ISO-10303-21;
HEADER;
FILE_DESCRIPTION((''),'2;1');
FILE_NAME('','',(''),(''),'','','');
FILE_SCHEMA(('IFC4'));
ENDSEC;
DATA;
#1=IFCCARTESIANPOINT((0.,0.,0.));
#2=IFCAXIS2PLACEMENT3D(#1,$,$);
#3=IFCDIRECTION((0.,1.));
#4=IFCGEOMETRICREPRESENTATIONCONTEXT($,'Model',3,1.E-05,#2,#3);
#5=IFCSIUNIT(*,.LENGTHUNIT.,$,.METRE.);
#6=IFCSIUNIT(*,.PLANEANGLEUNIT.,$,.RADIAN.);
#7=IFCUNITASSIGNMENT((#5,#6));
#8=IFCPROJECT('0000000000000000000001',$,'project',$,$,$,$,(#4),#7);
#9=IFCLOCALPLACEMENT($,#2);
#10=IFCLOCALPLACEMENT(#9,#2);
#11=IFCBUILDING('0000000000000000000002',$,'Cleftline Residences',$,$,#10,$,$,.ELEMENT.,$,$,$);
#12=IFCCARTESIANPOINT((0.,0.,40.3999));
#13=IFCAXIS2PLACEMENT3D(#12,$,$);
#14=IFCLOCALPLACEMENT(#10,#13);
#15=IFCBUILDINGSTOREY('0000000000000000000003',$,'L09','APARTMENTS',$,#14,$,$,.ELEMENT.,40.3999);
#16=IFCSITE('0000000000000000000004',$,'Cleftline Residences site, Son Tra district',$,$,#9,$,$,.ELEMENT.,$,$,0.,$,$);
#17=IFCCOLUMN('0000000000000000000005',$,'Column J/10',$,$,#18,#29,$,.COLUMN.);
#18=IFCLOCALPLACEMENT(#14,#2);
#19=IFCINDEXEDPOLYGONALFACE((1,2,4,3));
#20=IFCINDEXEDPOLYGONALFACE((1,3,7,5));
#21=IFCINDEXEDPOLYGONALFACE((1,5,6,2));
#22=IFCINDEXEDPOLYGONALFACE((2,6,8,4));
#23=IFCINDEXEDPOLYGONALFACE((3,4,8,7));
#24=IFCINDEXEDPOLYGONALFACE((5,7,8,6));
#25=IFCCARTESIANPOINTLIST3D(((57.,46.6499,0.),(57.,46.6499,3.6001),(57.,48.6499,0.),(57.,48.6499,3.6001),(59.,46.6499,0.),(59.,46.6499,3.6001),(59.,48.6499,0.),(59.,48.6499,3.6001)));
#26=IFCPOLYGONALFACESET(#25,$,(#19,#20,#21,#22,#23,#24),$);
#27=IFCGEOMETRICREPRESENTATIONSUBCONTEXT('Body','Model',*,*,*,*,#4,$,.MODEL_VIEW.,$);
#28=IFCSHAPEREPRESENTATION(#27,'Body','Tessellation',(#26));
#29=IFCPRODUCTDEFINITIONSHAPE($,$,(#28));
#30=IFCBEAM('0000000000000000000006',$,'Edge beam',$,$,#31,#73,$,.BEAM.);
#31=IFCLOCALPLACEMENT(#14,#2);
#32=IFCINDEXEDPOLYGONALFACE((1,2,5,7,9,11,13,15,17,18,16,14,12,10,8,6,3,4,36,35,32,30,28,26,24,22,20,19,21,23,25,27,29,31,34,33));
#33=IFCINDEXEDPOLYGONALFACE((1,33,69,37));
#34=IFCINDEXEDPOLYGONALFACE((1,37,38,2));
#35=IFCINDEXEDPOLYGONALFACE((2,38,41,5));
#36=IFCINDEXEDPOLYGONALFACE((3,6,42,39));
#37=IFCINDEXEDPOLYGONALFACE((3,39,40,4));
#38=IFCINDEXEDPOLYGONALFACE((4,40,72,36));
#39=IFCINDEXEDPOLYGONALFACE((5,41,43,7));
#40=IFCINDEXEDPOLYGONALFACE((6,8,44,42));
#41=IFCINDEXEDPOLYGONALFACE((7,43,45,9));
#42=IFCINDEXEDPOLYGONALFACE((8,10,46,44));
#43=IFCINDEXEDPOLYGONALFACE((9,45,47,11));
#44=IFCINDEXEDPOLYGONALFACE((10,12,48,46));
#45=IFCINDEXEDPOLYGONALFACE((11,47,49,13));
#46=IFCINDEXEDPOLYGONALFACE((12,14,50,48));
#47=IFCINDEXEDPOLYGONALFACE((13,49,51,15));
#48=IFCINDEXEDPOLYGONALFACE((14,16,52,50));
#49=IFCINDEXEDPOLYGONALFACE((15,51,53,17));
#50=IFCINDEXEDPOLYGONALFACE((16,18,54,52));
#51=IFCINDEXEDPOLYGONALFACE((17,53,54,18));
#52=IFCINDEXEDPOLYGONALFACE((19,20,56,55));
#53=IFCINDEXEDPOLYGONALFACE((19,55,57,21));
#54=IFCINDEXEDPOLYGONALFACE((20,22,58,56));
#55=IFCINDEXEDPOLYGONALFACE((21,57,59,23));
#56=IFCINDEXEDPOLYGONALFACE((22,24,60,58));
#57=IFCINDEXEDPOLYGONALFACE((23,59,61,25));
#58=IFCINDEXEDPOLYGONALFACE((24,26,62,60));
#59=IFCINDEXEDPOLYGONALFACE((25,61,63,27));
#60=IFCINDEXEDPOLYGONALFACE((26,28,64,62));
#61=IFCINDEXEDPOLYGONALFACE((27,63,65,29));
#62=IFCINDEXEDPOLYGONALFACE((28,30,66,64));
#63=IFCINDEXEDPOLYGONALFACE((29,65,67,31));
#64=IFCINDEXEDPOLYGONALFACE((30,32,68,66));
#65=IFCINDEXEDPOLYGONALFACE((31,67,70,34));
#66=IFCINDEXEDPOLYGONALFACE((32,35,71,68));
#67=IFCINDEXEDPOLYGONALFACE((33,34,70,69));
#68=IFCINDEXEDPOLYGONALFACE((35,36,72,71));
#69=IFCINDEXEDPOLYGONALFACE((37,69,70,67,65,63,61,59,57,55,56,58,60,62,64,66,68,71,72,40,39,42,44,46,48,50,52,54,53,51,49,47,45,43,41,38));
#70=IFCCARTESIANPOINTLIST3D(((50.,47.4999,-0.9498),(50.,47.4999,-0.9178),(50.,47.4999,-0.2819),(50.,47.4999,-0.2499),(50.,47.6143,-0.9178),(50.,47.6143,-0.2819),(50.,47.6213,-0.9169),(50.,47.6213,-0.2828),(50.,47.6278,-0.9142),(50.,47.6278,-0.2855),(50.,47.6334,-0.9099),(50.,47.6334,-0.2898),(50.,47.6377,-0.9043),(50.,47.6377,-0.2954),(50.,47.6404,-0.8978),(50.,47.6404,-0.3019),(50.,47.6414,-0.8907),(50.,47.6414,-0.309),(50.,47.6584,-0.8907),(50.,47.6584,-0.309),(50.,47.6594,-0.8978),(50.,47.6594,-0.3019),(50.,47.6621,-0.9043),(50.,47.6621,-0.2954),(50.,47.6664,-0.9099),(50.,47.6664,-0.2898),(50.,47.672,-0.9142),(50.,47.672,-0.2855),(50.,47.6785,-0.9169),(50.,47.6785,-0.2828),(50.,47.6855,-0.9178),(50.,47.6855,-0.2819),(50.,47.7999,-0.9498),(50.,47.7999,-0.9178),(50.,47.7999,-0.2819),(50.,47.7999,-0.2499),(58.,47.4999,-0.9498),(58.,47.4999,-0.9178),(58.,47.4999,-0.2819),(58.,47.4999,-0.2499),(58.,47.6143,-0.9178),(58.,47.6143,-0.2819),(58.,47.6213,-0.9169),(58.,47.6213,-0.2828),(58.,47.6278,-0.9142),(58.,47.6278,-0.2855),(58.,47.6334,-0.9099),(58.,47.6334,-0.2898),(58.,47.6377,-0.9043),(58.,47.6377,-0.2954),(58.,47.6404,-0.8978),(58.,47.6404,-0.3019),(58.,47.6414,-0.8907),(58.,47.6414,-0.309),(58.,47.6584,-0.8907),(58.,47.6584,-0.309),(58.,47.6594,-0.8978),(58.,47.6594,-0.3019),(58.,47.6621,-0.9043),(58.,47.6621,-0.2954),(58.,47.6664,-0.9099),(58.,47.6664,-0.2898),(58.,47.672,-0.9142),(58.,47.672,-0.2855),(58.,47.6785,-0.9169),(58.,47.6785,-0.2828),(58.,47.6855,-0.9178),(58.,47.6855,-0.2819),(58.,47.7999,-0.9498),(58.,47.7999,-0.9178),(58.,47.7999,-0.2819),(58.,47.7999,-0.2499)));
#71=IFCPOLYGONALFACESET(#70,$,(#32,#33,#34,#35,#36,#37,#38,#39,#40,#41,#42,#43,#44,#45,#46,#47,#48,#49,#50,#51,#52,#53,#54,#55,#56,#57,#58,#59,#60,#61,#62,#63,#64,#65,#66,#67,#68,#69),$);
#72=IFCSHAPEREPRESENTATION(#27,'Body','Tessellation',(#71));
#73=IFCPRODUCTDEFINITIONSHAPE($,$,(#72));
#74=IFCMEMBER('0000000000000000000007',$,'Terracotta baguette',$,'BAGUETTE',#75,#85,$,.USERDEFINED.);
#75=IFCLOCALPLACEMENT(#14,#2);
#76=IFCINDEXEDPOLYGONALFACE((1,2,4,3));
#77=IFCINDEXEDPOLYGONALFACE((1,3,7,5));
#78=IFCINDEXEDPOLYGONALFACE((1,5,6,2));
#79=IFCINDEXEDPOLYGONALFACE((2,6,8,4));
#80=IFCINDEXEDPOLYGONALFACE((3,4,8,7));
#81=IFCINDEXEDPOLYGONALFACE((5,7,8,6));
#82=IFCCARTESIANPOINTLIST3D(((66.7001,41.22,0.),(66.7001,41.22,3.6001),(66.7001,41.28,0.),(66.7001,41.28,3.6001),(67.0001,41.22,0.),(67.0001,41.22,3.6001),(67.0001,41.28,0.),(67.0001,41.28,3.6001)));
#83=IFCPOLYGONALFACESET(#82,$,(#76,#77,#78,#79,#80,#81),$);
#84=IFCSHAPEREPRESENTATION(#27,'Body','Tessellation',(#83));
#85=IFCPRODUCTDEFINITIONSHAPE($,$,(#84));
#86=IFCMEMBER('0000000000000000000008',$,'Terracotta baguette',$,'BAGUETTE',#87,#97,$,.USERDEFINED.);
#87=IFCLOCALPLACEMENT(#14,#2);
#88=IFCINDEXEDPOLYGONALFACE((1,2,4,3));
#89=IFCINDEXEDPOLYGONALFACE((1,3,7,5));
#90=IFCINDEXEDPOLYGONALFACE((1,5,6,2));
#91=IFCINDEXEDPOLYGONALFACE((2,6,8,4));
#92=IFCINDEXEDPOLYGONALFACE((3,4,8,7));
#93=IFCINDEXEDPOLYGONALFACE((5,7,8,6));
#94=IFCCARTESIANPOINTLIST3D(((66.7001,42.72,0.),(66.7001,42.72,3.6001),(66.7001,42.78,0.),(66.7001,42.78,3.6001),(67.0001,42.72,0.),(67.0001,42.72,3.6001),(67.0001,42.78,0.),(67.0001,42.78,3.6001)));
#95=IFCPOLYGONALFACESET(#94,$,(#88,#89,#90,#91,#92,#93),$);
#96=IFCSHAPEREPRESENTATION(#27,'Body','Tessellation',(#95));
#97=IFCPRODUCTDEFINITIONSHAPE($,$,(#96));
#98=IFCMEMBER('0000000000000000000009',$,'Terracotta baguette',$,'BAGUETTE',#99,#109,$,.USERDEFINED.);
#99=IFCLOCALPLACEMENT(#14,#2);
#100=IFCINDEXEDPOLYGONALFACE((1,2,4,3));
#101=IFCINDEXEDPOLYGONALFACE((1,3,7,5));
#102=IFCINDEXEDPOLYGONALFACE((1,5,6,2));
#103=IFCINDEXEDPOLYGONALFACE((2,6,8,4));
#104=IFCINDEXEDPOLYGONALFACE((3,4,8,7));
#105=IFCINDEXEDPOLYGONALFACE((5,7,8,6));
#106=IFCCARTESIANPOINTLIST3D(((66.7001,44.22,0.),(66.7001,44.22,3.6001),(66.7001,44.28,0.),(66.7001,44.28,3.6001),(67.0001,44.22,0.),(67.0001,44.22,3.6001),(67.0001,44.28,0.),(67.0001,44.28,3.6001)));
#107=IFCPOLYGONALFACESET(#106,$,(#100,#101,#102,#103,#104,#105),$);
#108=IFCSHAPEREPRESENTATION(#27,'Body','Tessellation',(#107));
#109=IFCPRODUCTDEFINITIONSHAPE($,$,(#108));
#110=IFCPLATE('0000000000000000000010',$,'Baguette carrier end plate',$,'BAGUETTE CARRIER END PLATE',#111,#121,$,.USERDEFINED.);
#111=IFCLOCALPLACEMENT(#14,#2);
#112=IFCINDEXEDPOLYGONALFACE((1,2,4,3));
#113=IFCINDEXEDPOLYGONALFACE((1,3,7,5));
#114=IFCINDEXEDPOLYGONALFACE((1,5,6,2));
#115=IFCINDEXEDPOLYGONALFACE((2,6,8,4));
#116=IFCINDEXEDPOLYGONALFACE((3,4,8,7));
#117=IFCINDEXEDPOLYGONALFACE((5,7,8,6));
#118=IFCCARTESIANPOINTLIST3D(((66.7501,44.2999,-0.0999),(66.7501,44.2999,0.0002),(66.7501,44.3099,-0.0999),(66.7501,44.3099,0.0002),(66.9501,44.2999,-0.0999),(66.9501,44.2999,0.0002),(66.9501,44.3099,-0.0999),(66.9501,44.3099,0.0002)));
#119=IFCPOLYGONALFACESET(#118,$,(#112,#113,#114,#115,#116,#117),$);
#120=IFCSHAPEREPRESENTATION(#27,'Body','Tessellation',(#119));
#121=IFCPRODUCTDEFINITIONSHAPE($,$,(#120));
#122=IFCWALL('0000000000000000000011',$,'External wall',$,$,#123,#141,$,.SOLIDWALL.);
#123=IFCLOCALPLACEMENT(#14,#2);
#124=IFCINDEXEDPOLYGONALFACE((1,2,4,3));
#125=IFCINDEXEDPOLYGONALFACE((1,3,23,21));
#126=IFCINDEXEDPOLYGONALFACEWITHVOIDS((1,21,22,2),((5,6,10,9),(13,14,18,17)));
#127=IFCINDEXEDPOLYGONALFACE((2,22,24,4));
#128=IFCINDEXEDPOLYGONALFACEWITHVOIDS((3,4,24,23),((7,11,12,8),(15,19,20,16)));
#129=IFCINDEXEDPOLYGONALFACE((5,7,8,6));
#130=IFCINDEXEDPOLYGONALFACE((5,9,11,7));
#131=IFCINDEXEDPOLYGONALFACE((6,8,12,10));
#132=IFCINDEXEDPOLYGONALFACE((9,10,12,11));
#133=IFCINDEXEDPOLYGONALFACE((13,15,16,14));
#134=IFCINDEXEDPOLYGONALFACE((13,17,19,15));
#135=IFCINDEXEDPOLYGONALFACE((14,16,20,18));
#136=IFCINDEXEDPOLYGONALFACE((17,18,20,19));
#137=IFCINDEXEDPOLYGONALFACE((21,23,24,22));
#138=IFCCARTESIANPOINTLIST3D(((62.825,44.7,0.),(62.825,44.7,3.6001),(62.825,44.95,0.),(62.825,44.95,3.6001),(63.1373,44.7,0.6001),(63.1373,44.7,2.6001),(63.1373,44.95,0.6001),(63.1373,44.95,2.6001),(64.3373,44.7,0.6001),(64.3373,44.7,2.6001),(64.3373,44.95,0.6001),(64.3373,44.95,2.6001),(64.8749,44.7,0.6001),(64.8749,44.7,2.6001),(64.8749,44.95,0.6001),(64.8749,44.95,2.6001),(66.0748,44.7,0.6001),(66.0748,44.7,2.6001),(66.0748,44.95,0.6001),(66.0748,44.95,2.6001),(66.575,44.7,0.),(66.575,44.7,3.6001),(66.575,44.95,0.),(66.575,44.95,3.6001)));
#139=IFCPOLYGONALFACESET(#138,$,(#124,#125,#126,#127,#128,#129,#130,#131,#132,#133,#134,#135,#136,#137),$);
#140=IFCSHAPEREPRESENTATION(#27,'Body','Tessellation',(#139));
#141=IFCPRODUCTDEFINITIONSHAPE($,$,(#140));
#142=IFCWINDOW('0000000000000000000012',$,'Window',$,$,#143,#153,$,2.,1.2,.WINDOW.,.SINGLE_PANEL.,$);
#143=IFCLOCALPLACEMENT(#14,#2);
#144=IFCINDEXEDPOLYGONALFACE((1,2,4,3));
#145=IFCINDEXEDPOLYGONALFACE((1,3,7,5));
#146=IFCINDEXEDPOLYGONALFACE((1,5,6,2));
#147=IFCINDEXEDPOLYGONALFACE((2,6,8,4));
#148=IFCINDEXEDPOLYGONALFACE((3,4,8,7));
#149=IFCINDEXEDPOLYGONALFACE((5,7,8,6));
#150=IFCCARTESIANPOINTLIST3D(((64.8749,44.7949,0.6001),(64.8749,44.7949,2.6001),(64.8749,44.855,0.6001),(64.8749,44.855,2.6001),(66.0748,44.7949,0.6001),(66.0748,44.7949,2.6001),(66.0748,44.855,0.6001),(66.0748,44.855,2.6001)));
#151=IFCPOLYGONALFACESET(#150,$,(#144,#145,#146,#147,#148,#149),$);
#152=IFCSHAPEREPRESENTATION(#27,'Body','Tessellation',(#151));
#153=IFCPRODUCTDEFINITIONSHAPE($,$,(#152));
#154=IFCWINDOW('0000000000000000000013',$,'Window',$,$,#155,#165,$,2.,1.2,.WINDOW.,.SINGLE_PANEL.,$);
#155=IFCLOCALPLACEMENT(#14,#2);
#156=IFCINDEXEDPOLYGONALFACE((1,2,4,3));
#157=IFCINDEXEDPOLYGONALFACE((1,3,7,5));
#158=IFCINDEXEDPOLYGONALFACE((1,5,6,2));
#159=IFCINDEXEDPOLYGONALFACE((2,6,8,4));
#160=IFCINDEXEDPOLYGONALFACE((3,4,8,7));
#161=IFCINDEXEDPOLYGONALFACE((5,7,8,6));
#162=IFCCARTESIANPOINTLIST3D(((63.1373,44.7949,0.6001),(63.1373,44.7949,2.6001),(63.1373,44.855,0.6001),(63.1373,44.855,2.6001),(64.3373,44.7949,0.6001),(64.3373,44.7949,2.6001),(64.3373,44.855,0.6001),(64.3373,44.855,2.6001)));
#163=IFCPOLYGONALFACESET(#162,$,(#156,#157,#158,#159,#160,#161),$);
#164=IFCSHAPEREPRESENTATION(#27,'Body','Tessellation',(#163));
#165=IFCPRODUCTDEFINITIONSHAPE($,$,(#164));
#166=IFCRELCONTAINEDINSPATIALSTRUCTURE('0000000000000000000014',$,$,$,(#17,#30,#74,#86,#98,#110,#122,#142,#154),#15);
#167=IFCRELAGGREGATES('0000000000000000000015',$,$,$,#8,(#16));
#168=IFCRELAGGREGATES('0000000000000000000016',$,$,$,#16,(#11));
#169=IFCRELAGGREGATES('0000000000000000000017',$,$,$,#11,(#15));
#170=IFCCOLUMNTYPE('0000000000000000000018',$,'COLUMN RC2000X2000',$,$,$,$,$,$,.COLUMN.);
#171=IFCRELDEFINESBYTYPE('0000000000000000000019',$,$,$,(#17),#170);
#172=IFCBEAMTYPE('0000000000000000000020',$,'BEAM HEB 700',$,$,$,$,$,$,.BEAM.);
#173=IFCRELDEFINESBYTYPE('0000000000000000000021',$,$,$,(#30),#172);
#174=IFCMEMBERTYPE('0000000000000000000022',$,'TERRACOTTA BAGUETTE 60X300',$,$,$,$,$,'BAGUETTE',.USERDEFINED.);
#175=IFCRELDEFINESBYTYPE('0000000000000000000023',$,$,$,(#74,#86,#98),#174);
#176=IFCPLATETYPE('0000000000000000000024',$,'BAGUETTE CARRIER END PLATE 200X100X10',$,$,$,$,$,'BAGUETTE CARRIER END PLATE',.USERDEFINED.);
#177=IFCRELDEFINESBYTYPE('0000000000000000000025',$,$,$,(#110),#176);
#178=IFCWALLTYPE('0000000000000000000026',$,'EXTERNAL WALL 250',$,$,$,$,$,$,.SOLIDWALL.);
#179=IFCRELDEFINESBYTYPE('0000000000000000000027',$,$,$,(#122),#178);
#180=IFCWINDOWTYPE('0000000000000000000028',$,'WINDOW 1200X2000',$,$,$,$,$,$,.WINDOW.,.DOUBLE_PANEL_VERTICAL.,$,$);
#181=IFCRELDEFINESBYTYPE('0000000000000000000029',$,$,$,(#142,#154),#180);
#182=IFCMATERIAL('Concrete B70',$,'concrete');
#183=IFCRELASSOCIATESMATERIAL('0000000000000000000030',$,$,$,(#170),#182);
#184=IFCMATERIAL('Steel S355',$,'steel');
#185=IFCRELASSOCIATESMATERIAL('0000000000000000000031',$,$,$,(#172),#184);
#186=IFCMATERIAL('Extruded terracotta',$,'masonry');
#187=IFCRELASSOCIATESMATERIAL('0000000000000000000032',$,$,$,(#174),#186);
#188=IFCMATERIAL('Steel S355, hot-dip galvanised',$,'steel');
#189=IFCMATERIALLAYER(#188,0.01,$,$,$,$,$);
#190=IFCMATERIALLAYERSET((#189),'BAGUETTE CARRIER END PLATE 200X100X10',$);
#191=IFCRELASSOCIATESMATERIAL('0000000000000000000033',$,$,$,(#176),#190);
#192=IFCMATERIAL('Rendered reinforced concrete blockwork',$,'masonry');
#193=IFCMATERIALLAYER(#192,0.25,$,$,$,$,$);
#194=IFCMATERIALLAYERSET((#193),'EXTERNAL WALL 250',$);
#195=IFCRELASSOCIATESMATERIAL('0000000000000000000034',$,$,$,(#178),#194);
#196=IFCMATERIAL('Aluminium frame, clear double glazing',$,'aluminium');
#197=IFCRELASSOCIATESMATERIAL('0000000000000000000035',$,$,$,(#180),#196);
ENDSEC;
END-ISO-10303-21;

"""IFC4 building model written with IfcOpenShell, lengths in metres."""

from ifc_helpers import new_model, si_unit, direction, frame, frame_2d, origin, origin_2d, place, context, subcontext, project, spatial, rectangle, i_section, extrude, material, layer, layer_set, material_profile, profile_set, type_object, element, fill, save


model = new_model("IFC4")

# Units and contexts
model_context = context("Model", 3, precision=1e-05, world=origin(), true_north=direction((0.0, 1.0)))
body_context = subcontext(model_context, "Body", "Model", "MODEL_VIEW")
ifc_project = project(units=[si_unit("LENGTHUNIT", "METRE"), si_unit("PLANEANGLEUNIT", "RADIAN")], contexts=[model_context])

# Site, building, storey
site_placement = place(None, origin())
site = spatial("IfcSite", under=ifc_project, at=site_placement, Name="Cleftline Residences site, Son Tra district", CompositionType="ELEMENT", RefElevation=0.0)
building_placement = place(site_placement, origin())
building = spatial("IfcBuilding", under=site, at=building_placement, Name="Cleftline Residences", CompositionType="ELEMENT")
storey_placement = place(building_placement, frame((0.0, 0.0, 40.3999)))
storey = spatial("IfcBuildingStorey", under=building, at=storey_placement, Name="L09", Description="APARTMENTS", CompositionType="ELEMENT", Elevation=40.3999)

# Column
ifc_material_1 = material(Name="Concrete B70", Category="concrete")
ifc_material_profile_1 = material_profile(ifc_material_1, rectangle(XDim=2.0, YDim=2.0, at=origin_2d()))
ifc_profile_set_1 = profile_set([ifc_material_profile_1], Name="Concrete B70")
column_type = type_object("IfcColumnType", Name="COLUMN RC2000X2000", PredefinedType="COLUMN", material=ifc_profile_set_1)
column_placement = place(storey_placement, frame((58.0, 47.6499, 0.0), z_axis=(0.0, 0.0, 1.0), x_axis=(1.0, 0.0, 0.0)))
element("IfcColumn", 1, at=column_placement, inside=storey, type_object=column_type, Name="Column J/10", PredefinedType="COLUMN", context=body_context, shape_type="SweptSolid", body=[
    extrude(rectangle(XDim=2.0, YDim=2.0, at=origin_2d()), origin(), (0.0, 0.0, 1.0), 3.6001),
])

# Beam
ifc_material_2 = material(Name="Steel S355", Category="steel")
ifc_material_profile_2 = material_profile(ifc_material_2, i_section(OverallWidth=0.3, OverallDepth=0.7, WebThickness=0.0171, FlangeThickness=0.032, FilletRadius=0.0271, at=origin_2d()))
ifc_profile_set_2 = profile_set([ifc_material_profile_2], Name="Steel S355")
beam_type = type_object("IfcBeamType", Name="BEAM HEB 700", PredefinedType="BEAM", material=ifc_profile_set_2)
beam_placement = place(storey_placement, frame((58.0, 47.6499, -0.5999), z_axis=(-1.0, 0.0, 0.0), x_axis=(0.0, -1.0, 0.0)))
element("IfcBeam", 2, at=beam_placement, inside=storey, type_object=beam_type, Name="Edge beam", PredefinedType="BEAM", context=body_context, shape_type="SweptSolid", body=[
    extrude(i_section(OverallWidth=0.3, OverallDepth=0.7, WebThickness=0.0171, FlangeThickness=0.032, FilletRadius=0.0271, at=origin_2d()), origin(), (0.0, 0.0, 1.0), 8.0),
])

# Members
ifc_material_3 = material(Name="Extruded terracotta", Category="masonry")
ifc_material_profile_3 = material_profile(ifc_material_3, rectangle(XDim=0.0601, YDim=0.3, at=origin_2d()))
ifc_profile_set_3 = profile_set([ifc_material_profile_3], Name="Extruded terracotta")
member_type = type_object("IfcMemberType", Name="TERRACOTTA BAGUETTE 60X300", ElementType="BAGUETTE", PredefinedType="USERDEFINED", material=ifc_profile_set_3)
for number, where, z_axis, x_axis, name in (
    (3, (66.8501, 41.25, 0.0), (0.0, 0.0, 1.0), (0.0, 1.0, 0.0), "Terracotta baguette"),
    (4, (66.8501, 42.75, 0.0), (0.0, 0.0, 1.0), (0.0, 1.0, 0.0), "Terracotta baguette"),
    (5, (66.8501, 44.25, 0.0), (0.0, 0.0, 1.0), (0.0, 1.0, 0.0), "Terracotta baguette"),
):
    element("IfcMember", number, at=place(storey_placement, frame(where, z_axis=z_axis, x_axis=x_axis)), inside=storey, type_object=member_type, Name=name, ObjectType="BAGUETTE", PredefinedType="USERDEFINED", context=body_context, shape_type="SweptSolid", body=[
        extrude(rectangle(XDim=0.0601, YDim=0.3, at=origin_2d()), origin(), (0.0, 0.0, 1.0), 3.6001),
    ])

# Plate
ifc_material_4 = material(Name="Steel S355, hot-dip galvanised", Category="steel")
ifc_layer_1 = layer(ifc_material_4, 0.01)
ifc_layer_set_1 = layer_set([ifc_layer_1], Name="BAGUETTE CARRIER END PLATE 200X100X10")
plate_type = type_object("IfcPlateType", Name="BAGUETTE CARRIER END PLATE 200X100X10", ElementType="BAGUETTE CARRIER END PLATE", PredefinedType="USERDEFINED", material=ifc_layer_set_1)
plate_placement = place(storey_placement, frame((66.8501, 44.3049, -0.0999), z_axis=(0.0, 0.0, 1.0), x_axis=(1.0, 0.0, 0.0)))
element("IfcPlate", 6, at=plate_placement, inside=storey, type_object=plate_type, Name="Baguette carrier end plate", ObjectType="BAGUETTE CARRIER END PLATE", PredefinedType="USERDEFINED", context=body_context, shape_type="SweptSolid", body=[
    extrude(rectangle(XDim=0.2, YDim=0.01, at=origin_2d()), origin(), (0.0, 0.0, 1.0), 0.1001),
])

# Wall, openings, windows
ifc_material_5 = material(Name="Rendered reinforced concrete blockwork", Category="masonry")
ifc_layer_2 = layer(ifc_material_5, 0.25)
ifc_layer_set_2 = layer_set([ifc_layer_2], Name="EXTERNAL WALL 250")
wall_type_1 = type_object("IfcWallType", Name="EXTERNAL WALL 250", PredefinedType="SOLIDWALL", material=ifc_layer_set_2)
wall_1_placement = place(storey_placement, frame((66.575, 44.825, 0.0), z_axis=(0.0, 0.0, 1.0), x_axis=(-1.0, 0.0, 0.0)))
wall_1 = element("IfcWall", 7, at=wall_1_placement, inside=storey, type_object=wall_type_1, Name="External wall", PredefinedType="SOLIDWALL", context=body_context, shape_type="SweptSolid", body=[
    extrude(rectangle(XDim=3.75, YDim=0.25, at=frame_2d((1.875, 0.0))), origin(), (0.0, 0.0, 1.0), 3.6001),
])
opening_1_placement = place(wall_1_placement, frame((0.5, 0.0, 0.6001)))
opening_1 = element("IfcOpeningElement", 8, at=opening_1_placement, cuts=wall_1, PredefinedType="OPENING", context=body_context, shape_type="SweptSolid", body=[
    extrude(rectangle(XDim=1.2, YDim=2.0, at=frame_2d((0.6001, 1.0))), frame((0.0, 0.135, 0.0), z_axis=(0.0, -1.0, 0.0), x_axis=(1.0, 0.0, 0.0)), (0.0, 0.0, 1.0), 0.27),
])
opening_2_placement = place(wall_1_placement, frame((2.2375, 0.0, 0.6001)))
opening_2 = element("IfcOpeningElement", 9, at=opening_2_placement, cuts=wall_1, PredefinedType="OPENING", context=body_context, shape_type="SweptSolid", body=[
    extrude(rectangle(XDim=1.2, YDim=2.0, at=frame_2d((0.6001, 1.0))), frame((0.0, 0.135, 0.0), z_axis=(0.0, -1.0, 0.0), x_axis=(1.0, 0.0, 0.0)), (0.0, 0.0, 1.0), 0.27),
])
ifc_material_6 = material(Name="Aluminium frame, clear double glazing", Category="aluminium")
window_type_1 = type_object("IfcWindowType", Name="WINDOW 1200X2000", PartitioningType="DOUBLE_PANEL_VERTICAL", PredefinedType="WINDOW", material=ifc_material_6)
window_1_placement = place(opening_1_placement, origin())
window_1 = element("IfcWindow", 10, at=window_1_placement, inside=storey, type_object=window_type_1, Name="Window", OverallHeight=2.0, OverallWidth=1.2, PartitioningType="SINGLE_PANEL", PredefinedType="WINDOW", context=body_context, shape_type="SweptSolid", body=[
    extrude(rectangle(XDim=1.2, YDim=2.0, at=frame_2d((0.6001, 1.0))), frame((0.0, 0.03, 0.0), z_axis=(0.0, -1.0, 0.0), x_axis=(1.0, 0.0, 0.0)), (0.0, 0.0, 1.0), 0.0601),
])
fill(opening_1, window_1)
window_2_placement = place(opening_2_placement, origin())
window_2 = element("IfcWindow", 11, at=window_2_placement, inside=storey, type_object=window_type_1, Name="Window", OverallHeight=2.0, OverallWidth=1.2, PartitioningType="SINGLE_PANEL", PredefinedType="WINDOW", context=body_context, shape_type="SweptSolid", body=[
    extrude(rectangle(XDim=1.2, YDim=2.0, at=frame_2d((0.6001, 1.0))), frame((0.0, 0.03, 0.0), z_axis=(0.0, -1.0, 0.0), x_axis=(1.0, 0.0, 0.0)), (0.0, 0.0, 1.0), 0.0601),
])
fill(opening_2, window_2)

save(model, "model.ifc")
